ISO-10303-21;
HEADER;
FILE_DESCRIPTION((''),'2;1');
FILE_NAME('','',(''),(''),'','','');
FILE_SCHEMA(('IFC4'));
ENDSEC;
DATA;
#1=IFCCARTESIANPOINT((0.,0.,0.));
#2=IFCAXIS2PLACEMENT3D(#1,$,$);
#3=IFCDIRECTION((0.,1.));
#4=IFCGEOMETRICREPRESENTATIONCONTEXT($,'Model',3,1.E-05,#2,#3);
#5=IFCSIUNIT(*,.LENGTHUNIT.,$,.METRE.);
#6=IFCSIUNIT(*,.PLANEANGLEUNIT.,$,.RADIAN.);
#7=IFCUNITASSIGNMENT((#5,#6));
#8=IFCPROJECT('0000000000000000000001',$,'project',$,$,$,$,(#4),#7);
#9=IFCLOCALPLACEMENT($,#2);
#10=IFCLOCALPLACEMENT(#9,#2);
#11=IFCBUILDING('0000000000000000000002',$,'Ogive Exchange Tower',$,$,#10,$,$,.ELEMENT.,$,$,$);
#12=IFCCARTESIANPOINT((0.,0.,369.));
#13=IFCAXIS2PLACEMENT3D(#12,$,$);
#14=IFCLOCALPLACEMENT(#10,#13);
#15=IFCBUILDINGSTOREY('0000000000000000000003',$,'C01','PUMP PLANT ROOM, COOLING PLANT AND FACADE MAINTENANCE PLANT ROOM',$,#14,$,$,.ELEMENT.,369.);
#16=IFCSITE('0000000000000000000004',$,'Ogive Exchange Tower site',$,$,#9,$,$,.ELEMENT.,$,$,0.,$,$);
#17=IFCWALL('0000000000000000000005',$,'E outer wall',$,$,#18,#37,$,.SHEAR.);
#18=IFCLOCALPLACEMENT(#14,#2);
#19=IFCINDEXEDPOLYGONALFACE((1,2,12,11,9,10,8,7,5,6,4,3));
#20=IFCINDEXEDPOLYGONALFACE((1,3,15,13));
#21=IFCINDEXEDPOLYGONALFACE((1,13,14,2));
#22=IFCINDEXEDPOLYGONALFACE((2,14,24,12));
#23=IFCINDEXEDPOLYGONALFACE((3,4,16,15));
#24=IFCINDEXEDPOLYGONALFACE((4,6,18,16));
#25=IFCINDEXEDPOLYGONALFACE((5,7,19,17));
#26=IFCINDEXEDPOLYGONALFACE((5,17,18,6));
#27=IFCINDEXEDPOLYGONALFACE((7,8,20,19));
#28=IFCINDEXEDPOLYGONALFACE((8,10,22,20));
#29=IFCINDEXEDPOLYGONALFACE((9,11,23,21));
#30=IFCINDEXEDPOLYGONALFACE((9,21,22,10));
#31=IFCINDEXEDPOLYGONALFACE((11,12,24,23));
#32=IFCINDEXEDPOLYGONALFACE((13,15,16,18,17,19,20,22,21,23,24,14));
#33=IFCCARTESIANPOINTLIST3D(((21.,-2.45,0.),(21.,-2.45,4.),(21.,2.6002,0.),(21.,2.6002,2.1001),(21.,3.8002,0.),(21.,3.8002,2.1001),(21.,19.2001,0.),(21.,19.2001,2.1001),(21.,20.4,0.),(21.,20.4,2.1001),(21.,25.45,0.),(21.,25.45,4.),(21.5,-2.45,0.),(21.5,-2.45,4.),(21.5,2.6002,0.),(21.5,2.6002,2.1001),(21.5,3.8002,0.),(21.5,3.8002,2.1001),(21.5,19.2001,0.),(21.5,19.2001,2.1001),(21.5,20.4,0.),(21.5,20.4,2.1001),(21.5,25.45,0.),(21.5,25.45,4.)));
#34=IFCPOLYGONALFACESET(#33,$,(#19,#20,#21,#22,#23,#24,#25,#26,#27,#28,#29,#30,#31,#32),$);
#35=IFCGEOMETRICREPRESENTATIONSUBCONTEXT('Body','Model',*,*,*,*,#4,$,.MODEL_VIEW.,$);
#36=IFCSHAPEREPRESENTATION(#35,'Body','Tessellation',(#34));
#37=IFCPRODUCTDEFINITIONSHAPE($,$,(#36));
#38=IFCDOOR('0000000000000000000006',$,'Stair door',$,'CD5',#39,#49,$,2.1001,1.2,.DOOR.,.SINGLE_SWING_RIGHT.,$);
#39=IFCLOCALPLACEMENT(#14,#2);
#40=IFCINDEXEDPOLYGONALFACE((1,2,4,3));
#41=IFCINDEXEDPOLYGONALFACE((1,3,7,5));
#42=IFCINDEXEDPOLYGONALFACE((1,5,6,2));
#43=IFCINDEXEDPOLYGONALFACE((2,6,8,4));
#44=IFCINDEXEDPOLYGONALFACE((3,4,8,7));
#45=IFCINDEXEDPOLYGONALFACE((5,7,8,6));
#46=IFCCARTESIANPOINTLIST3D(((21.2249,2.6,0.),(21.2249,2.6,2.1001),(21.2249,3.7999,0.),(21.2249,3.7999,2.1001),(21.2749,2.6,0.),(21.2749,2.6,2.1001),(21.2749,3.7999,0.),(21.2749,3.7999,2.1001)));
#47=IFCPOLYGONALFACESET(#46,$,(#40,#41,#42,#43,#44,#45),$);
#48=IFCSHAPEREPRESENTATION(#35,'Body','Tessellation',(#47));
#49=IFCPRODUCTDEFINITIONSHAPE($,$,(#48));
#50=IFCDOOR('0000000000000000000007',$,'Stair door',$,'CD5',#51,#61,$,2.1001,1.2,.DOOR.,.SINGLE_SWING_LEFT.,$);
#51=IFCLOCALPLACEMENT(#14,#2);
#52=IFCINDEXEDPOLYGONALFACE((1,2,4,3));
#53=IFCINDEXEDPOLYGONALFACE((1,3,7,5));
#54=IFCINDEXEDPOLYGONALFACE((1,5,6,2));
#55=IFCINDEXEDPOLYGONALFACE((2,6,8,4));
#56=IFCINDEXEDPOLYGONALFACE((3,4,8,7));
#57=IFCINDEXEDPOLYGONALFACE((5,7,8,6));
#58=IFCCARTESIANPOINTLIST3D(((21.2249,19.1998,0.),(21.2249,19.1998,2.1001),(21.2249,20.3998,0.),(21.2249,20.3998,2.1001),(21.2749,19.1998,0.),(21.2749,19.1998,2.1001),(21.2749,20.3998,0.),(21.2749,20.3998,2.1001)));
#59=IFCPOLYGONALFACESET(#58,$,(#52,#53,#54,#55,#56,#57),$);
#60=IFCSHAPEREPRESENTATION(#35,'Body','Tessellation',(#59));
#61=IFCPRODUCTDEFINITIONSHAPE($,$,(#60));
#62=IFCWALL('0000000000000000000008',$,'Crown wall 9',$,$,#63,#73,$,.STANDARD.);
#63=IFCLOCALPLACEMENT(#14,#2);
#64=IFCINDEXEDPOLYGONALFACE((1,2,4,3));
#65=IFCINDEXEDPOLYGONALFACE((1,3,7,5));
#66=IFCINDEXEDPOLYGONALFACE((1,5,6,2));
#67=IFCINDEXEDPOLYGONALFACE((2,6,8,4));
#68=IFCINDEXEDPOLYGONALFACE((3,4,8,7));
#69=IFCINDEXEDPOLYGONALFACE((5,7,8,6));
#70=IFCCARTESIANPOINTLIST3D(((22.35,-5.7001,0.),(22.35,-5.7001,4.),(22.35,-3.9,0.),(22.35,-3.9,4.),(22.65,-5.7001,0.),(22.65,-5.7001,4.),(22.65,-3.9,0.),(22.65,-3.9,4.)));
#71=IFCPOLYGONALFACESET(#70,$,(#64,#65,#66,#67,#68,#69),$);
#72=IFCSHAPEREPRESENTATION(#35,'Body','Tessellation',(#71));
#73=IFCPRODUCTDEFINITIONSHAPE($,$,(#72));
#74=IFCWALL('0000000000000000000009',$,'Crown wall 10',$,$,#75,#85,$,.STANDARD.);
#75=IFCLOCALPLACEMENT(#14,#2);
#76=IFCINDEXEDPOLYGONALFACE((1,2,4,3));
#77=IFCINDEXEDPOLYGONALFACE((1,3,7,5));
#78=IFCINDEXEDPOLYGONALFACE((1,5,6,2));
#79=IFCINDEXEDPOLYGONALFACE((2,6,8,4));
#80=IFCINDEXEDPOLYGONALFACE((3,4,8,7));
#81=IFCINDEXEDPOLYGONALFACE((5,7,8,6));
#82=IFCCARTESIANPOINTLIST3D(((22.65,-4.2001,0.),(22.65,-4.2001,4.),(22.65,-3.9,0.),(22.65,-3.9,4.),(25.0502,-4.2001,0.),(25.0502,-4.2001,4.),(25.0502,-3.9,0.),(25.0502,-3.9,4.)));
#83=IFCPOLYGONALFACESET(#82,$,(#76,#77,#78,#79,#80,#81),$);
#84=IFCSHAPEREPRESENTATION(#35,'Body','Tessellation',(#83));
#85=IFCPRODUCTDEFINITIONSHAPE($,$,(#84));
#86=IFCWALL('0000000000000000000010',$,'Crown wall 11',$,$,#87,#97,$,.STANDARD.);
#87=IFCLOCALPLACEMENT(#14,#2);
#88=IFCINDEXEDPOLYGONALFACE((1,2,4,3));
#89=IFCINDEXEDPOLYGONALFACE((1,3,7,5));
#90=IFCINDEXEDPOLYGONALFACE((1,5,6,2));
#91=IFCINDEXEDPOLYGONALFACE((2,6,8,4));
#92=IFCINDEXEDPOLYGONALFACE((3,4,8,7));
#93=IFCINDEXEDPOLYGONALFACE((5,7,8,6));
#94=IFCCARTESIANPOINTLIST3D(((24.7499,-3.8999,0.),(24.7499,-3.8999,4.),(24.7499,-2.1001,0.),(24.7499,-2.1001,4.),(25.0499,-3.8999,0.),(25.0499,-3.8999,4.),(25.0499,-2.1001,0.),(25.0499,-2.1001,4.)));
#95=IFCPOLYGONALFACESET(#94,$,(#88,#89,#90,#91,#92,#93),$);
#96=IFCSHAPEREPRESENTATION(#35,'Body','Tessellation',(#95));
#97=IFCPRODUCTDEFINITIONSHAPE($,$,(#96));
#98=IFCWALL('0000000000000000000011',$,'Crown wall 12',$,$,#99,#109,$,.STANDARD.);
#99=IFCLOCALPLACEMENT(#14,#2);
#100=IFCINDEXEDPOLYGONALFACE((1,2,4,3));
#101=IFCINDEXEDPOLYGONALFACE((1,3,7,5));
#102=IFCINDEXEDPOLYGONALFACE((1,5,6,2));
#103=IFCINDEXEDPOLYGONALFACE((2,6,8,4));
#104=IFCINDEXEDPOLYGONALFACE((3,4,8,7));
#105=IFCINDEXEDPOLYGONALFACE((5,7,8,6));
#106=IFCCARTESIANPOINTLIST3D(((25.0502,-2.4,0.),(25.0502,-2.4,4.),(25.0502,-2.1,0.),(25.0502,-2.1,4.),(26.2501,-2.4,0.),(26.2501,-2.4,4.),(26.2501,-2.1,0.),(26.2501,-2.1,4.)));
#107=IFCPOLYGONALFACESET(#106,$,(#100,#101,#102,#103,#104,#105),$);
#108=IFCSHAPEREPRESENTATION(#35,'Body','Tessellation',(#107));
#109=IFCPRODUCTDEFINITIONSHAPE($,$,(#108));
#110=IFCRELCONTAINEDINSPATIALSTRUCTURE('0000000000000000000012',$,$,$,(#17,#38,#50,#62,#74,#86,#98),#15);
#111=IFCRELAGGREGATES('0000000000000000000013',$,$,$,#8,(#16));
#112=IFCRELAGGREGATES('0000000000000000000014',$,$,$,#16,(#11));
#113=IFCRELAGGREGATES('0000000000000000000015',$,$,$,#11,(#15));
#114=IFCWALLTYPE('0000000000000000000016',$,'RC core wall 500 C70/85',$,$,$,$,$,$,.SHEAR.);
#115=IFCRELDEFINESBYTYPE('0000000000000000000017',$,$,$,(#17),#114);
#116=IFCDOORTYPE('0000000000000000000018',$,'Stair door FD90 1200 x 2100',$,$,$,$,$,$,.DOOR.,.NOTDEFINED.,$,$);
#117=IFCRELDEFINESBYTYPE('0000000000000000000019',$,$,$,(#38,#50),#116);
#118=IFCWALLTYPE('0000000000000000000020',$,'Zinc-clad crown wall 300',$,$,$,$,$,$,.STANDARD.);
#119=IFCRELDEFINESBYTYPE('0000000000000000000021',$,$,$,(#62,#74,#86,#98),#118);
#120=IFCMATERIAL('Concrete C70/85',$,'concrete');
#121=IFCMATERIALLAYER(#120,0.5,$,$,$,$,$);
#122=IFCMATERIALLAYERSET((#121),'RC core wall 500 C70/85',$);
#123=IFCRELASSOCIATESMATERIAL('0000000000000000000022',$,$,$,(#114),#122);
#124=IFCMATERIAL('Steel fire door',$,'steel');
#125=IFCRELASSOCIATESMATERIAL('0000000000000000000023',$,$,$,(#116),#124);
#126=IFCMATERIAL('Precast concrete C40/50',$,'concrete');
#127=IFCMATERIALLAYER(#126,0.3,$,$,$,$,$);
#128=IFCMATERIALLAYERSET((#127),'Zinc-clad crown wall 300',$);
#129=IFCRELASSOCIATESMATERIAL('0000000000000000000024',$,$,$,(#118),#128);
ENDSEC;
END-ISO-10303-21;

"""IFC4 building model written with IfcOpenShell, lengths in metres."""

from ifc_helpers import new_model, si_unit, direction, frame, frame_2d, origin, place, context, subcontext, project, spatial, rectangle, extrude, material, layer, layer_set, type_object, element, fill, save


model = new_model("IFC4")

# Units and contexts
model_context = context("Model", 3, precision=1e-05, world=origin(), true_north=direction((0.0, 1.0)))
body_context = subcontext(model_context, "Body", "Model", "MODEL_VIEW")
ifc_project = project(units=[si_unit("LENGTHUNIT", "METRE"), si_unit("PLANEANGLEUNIT", "RADIAN")], contexts=[model_context])

# Site, building, storey
site_placement = place(None, origin())
site = spatial("IfcSite", under=ifc_project, at=site_placement, Name="Ogive Exchange Tower site", CompositionType="ELEMENT", RefElevation=0.0)
building_placement = place(site_placement, origin())
building = spatial("IfcBuilding", under=site, at=building_placement, Name="Ogive Exchange Tower", CompositionType="ELEMENT")
storey_placement = place(building_placement, frame((0.0, 0.0, 369.0)))
storey = spatial("IfcBuildingStorey", under=building, at=storey_placement, Name="C01", Description="PUMP PLANT ROOM, COOLING PLANT AND FACADE MAINTENANCE PLANT ROOM", CompositionType="ELEMENT", Elevation=369.0)

# Wall, openings, doors
ifc_material_1 = material(Name="Concrete C70/85", Category="concrete")
ifc_layer_1 = layer(ifc_material_1, 0.5)
ifc_layer_set_1 = layer_set([ifc_layer_1], Name="RC core wall 500 C70/85")
wall_type_1 = type_object("IfcWallType", Name="RC core wall 500 C70/85", PredefinedType="SHEAR", material=ifc_layer_set_1)
wall_1_placement = place(storey_placement, frame((21.25, -2.45, 0.0), z_axis=(0.0, 0.0, 1.0), x_axis=(0.0, 1.0, 0.0)))
wall_1 = element("IfcWall", 1, at=wall_1_placement, inside=storey, type_object=wall_type_1, Name="E outer wall", PredefinedType="SHEAR", context=body_context, shape_type="SweptSolid", body=[
    extrude(rectangle(XDim=27.8999, YDim=0.5, at=frame_2d((13.95, 0.0))), origin(), (0.0, 0.0, 1.0), 4.0),
])
opening_1_placement = place(wall_1_placement, frame((5.05, 0.0, 0.0)))
opening_1 = element("IfcOpeningElement", 2, at=opening_1_placement, cuts=wall_1, PredefinedType="OPENING", context=body_context, shape_type="SweptSolid", body=[
    extrude(rectangle(XDim=1.2, YDim=2.1001, at=frame_2d((0.6001, 1.05))), frame((0.0, 0.26, 0.0), z_axis=(0.0, -1.0, 0.0), x_axis=(1.0, 0.0, 0.0)), (0.0, 0.0, 1.0), 0.52),
])
opening_2_placement = place(wall_1_placement, frame((21.6499, 0.0, 0.0)))
opening_2 = element("IfcOpeningElement", 3, at=opening_2_placement, cuts=wall_1, PredefinedType="OPENING", context=body_context, shape_type="SweptSolid", body=[
    extrude(rectangle(XDim=1.2, YDim=2.1001, at=frame_2d((0.6001, 1.05))), frame((0.0, 0.26, 0.0), z_axis=(0.0, -1.0, 0.0), x_axis=(1.0, 0.0, 0.0)), (0.0, 0.0, 1.0), 0.52),
])
ifc_material_2 = material(Name="Steel fire door", Category="steel")
door_type = type_object("IfcDoorType", Name="Stair door FD90 1200 x 2100", OperationType="NOTDEFINED", PredefinedType="DOOR", material=ifc_material_2)
door_1_placement = place(opening_1_placement, frame((1.2, 0.0, 0.0), z_axis=(0.0, 0.0, 1.0), x_axis=(-1.0, 0.0, 0.0)))
door_1 = element("IfcDoor", 4, at=door_1_placement, inside=storey, type_object=door_type, Name="Stair door", ObjectType="CD5", OperationType="SINGLE_SWING_RIGHT", OverallHeight=2.1001, OverallWidth=1.2, PredefinedType="DOOR", context=body_context, shape_type="SweptSolid", body=[
    extrude(rectangle(XDim=1.2, YDim=2.1001, at=frame_2d((0.6001, 1.05))), frame((0.0, 0.0249, 0.0), z_axis=(0.0, -1.0, 0.0), x_axis=(1.0, 0.0, 0.0)), (0.0, 0.0, 1.0), 0.05),
])
fill(opening_1, door_1)
door_2_placement = place(opening_2_placement, frame((1.2, 0.0, 0.0), z_axis=(0.0, 0.0, 1.0), x_axis=(-1.0, 0.0, 0.0)))
door_2 = element("IfcDoor", 5, at=door_2_placement, inside=storey, type_object=door_type, Name="Stair door", ObjectType="CD5", OperationType="SINGLE_SWING_LEFT", OverallHeight=2.1001, OverallWidth=1.2, PredefinedType="DOOR", context=body_context, shape_type="SweptSolid", body=[
    extrude(rectangle(XDim=1.2, YDim=2.1001, at=frame_2d((0.6001, 1.05))), frame((0.0, 0.0249, 0.0), z_axis=(0.0, -1.0, 0.0), x_axis=(1.0, 0.0, 0.0)), (0.0, 0.0, 1.0), 0.05),
])
fill(opening_2, door_2)

# Walls
ifc_material_3 = material(Name="Precast concrete C40/50", Category="concrete")
ifc_layer_2 = layer(ifc_material_3, 0.3)
ifc_layer_set_2 = layer_set([ifc_layer_2], Name="Zinc-clad crown wall 300")
wall_type_2 = type_object("IfcWallType", Name="Zinc-clad crown wall 300", PredefinedType="STANDARD", material=ifc_layer_set_2)
wall_2_placement = place(storey_placement, frame((22.5, -5.7, 0.0), z_axis=(0.0, 0.0, 1.0), x_axis=(0.0, 1.0, 0.0)))
element("IfcWall", 6, at=wall_2_placement, inside=storey, type_object=wall_type_2, Name="Crown wall 9", PredefinedType="STANDARD", context=body_context, shape_type="SweptSolid", body=[
    extrude(rectangle(XDim=1.8, YDim=0.3, at=frame_2d((0.8999, 0.0))), origin(), (0.0, 0.0, 1.0), 4.0),
])
wall_3_placement = place(storey_placement, frame((22.6499, -4.05, 0.0), z_axis=(0.0, 0.0, 1.0), x_axis=(1.0, 0.0, 0.0)))
element("IfcWall", 7, at=wall_3_placement, inside=storey, type_object=wall_type_2, Name="Crown wall 10", PredefinedType="STANDARD", context=body_context, shape_type="SweptSolid", body=[
    extrude(rectangle(XDim=2.4001, YDim=0.3, at=frame_2d((1.2002, 0.0))), origin(), (0.0, 0.0, 1.0), 4.0),
])
wall_4_placement = place(storey_placement, frame((24.8999, -3.8999, 0.0), z_axis=(0.0, 0.0, 1.0), x_axis=(0.0, 1.0, 0.0)))
element("IfcWall", 8, at=wall_4_placement, inside=storey, type_object=wall_type_2, Name="Crown wall 11", PredefinedType="STANDARD", context=body_context, shape_type="SweptSolid", body=[
    extrude(rectangle(XDim=1.7998, YDim=0.3, at=frame_2d((0.8999, 0.0))), origin(), (0.0, 0.0, 1.0), 4.0),
])
wall_5_placement = place(storey_placement, frame((25.05, -2.25, 0.0), z_axis=(0.0, 0.0, 1.0), x_axis=(1.0, 0.0, 0.0)))
element("IfcWall", 9, at=wall_5_placement, inside=storey, type_object=wall_type_2, Name="Crown wall 12", PredefinedType="STANDARD", context=body_context, shape_type="SweptSolid", body=[
    extrude(rectangle(XDim=1.2, YDim=0.3, at=frame_2d((0.6001, 0.0))), origin(), (0.0, 0.0, 1.0), 4.0),
])

save(model, "model.ifc")
